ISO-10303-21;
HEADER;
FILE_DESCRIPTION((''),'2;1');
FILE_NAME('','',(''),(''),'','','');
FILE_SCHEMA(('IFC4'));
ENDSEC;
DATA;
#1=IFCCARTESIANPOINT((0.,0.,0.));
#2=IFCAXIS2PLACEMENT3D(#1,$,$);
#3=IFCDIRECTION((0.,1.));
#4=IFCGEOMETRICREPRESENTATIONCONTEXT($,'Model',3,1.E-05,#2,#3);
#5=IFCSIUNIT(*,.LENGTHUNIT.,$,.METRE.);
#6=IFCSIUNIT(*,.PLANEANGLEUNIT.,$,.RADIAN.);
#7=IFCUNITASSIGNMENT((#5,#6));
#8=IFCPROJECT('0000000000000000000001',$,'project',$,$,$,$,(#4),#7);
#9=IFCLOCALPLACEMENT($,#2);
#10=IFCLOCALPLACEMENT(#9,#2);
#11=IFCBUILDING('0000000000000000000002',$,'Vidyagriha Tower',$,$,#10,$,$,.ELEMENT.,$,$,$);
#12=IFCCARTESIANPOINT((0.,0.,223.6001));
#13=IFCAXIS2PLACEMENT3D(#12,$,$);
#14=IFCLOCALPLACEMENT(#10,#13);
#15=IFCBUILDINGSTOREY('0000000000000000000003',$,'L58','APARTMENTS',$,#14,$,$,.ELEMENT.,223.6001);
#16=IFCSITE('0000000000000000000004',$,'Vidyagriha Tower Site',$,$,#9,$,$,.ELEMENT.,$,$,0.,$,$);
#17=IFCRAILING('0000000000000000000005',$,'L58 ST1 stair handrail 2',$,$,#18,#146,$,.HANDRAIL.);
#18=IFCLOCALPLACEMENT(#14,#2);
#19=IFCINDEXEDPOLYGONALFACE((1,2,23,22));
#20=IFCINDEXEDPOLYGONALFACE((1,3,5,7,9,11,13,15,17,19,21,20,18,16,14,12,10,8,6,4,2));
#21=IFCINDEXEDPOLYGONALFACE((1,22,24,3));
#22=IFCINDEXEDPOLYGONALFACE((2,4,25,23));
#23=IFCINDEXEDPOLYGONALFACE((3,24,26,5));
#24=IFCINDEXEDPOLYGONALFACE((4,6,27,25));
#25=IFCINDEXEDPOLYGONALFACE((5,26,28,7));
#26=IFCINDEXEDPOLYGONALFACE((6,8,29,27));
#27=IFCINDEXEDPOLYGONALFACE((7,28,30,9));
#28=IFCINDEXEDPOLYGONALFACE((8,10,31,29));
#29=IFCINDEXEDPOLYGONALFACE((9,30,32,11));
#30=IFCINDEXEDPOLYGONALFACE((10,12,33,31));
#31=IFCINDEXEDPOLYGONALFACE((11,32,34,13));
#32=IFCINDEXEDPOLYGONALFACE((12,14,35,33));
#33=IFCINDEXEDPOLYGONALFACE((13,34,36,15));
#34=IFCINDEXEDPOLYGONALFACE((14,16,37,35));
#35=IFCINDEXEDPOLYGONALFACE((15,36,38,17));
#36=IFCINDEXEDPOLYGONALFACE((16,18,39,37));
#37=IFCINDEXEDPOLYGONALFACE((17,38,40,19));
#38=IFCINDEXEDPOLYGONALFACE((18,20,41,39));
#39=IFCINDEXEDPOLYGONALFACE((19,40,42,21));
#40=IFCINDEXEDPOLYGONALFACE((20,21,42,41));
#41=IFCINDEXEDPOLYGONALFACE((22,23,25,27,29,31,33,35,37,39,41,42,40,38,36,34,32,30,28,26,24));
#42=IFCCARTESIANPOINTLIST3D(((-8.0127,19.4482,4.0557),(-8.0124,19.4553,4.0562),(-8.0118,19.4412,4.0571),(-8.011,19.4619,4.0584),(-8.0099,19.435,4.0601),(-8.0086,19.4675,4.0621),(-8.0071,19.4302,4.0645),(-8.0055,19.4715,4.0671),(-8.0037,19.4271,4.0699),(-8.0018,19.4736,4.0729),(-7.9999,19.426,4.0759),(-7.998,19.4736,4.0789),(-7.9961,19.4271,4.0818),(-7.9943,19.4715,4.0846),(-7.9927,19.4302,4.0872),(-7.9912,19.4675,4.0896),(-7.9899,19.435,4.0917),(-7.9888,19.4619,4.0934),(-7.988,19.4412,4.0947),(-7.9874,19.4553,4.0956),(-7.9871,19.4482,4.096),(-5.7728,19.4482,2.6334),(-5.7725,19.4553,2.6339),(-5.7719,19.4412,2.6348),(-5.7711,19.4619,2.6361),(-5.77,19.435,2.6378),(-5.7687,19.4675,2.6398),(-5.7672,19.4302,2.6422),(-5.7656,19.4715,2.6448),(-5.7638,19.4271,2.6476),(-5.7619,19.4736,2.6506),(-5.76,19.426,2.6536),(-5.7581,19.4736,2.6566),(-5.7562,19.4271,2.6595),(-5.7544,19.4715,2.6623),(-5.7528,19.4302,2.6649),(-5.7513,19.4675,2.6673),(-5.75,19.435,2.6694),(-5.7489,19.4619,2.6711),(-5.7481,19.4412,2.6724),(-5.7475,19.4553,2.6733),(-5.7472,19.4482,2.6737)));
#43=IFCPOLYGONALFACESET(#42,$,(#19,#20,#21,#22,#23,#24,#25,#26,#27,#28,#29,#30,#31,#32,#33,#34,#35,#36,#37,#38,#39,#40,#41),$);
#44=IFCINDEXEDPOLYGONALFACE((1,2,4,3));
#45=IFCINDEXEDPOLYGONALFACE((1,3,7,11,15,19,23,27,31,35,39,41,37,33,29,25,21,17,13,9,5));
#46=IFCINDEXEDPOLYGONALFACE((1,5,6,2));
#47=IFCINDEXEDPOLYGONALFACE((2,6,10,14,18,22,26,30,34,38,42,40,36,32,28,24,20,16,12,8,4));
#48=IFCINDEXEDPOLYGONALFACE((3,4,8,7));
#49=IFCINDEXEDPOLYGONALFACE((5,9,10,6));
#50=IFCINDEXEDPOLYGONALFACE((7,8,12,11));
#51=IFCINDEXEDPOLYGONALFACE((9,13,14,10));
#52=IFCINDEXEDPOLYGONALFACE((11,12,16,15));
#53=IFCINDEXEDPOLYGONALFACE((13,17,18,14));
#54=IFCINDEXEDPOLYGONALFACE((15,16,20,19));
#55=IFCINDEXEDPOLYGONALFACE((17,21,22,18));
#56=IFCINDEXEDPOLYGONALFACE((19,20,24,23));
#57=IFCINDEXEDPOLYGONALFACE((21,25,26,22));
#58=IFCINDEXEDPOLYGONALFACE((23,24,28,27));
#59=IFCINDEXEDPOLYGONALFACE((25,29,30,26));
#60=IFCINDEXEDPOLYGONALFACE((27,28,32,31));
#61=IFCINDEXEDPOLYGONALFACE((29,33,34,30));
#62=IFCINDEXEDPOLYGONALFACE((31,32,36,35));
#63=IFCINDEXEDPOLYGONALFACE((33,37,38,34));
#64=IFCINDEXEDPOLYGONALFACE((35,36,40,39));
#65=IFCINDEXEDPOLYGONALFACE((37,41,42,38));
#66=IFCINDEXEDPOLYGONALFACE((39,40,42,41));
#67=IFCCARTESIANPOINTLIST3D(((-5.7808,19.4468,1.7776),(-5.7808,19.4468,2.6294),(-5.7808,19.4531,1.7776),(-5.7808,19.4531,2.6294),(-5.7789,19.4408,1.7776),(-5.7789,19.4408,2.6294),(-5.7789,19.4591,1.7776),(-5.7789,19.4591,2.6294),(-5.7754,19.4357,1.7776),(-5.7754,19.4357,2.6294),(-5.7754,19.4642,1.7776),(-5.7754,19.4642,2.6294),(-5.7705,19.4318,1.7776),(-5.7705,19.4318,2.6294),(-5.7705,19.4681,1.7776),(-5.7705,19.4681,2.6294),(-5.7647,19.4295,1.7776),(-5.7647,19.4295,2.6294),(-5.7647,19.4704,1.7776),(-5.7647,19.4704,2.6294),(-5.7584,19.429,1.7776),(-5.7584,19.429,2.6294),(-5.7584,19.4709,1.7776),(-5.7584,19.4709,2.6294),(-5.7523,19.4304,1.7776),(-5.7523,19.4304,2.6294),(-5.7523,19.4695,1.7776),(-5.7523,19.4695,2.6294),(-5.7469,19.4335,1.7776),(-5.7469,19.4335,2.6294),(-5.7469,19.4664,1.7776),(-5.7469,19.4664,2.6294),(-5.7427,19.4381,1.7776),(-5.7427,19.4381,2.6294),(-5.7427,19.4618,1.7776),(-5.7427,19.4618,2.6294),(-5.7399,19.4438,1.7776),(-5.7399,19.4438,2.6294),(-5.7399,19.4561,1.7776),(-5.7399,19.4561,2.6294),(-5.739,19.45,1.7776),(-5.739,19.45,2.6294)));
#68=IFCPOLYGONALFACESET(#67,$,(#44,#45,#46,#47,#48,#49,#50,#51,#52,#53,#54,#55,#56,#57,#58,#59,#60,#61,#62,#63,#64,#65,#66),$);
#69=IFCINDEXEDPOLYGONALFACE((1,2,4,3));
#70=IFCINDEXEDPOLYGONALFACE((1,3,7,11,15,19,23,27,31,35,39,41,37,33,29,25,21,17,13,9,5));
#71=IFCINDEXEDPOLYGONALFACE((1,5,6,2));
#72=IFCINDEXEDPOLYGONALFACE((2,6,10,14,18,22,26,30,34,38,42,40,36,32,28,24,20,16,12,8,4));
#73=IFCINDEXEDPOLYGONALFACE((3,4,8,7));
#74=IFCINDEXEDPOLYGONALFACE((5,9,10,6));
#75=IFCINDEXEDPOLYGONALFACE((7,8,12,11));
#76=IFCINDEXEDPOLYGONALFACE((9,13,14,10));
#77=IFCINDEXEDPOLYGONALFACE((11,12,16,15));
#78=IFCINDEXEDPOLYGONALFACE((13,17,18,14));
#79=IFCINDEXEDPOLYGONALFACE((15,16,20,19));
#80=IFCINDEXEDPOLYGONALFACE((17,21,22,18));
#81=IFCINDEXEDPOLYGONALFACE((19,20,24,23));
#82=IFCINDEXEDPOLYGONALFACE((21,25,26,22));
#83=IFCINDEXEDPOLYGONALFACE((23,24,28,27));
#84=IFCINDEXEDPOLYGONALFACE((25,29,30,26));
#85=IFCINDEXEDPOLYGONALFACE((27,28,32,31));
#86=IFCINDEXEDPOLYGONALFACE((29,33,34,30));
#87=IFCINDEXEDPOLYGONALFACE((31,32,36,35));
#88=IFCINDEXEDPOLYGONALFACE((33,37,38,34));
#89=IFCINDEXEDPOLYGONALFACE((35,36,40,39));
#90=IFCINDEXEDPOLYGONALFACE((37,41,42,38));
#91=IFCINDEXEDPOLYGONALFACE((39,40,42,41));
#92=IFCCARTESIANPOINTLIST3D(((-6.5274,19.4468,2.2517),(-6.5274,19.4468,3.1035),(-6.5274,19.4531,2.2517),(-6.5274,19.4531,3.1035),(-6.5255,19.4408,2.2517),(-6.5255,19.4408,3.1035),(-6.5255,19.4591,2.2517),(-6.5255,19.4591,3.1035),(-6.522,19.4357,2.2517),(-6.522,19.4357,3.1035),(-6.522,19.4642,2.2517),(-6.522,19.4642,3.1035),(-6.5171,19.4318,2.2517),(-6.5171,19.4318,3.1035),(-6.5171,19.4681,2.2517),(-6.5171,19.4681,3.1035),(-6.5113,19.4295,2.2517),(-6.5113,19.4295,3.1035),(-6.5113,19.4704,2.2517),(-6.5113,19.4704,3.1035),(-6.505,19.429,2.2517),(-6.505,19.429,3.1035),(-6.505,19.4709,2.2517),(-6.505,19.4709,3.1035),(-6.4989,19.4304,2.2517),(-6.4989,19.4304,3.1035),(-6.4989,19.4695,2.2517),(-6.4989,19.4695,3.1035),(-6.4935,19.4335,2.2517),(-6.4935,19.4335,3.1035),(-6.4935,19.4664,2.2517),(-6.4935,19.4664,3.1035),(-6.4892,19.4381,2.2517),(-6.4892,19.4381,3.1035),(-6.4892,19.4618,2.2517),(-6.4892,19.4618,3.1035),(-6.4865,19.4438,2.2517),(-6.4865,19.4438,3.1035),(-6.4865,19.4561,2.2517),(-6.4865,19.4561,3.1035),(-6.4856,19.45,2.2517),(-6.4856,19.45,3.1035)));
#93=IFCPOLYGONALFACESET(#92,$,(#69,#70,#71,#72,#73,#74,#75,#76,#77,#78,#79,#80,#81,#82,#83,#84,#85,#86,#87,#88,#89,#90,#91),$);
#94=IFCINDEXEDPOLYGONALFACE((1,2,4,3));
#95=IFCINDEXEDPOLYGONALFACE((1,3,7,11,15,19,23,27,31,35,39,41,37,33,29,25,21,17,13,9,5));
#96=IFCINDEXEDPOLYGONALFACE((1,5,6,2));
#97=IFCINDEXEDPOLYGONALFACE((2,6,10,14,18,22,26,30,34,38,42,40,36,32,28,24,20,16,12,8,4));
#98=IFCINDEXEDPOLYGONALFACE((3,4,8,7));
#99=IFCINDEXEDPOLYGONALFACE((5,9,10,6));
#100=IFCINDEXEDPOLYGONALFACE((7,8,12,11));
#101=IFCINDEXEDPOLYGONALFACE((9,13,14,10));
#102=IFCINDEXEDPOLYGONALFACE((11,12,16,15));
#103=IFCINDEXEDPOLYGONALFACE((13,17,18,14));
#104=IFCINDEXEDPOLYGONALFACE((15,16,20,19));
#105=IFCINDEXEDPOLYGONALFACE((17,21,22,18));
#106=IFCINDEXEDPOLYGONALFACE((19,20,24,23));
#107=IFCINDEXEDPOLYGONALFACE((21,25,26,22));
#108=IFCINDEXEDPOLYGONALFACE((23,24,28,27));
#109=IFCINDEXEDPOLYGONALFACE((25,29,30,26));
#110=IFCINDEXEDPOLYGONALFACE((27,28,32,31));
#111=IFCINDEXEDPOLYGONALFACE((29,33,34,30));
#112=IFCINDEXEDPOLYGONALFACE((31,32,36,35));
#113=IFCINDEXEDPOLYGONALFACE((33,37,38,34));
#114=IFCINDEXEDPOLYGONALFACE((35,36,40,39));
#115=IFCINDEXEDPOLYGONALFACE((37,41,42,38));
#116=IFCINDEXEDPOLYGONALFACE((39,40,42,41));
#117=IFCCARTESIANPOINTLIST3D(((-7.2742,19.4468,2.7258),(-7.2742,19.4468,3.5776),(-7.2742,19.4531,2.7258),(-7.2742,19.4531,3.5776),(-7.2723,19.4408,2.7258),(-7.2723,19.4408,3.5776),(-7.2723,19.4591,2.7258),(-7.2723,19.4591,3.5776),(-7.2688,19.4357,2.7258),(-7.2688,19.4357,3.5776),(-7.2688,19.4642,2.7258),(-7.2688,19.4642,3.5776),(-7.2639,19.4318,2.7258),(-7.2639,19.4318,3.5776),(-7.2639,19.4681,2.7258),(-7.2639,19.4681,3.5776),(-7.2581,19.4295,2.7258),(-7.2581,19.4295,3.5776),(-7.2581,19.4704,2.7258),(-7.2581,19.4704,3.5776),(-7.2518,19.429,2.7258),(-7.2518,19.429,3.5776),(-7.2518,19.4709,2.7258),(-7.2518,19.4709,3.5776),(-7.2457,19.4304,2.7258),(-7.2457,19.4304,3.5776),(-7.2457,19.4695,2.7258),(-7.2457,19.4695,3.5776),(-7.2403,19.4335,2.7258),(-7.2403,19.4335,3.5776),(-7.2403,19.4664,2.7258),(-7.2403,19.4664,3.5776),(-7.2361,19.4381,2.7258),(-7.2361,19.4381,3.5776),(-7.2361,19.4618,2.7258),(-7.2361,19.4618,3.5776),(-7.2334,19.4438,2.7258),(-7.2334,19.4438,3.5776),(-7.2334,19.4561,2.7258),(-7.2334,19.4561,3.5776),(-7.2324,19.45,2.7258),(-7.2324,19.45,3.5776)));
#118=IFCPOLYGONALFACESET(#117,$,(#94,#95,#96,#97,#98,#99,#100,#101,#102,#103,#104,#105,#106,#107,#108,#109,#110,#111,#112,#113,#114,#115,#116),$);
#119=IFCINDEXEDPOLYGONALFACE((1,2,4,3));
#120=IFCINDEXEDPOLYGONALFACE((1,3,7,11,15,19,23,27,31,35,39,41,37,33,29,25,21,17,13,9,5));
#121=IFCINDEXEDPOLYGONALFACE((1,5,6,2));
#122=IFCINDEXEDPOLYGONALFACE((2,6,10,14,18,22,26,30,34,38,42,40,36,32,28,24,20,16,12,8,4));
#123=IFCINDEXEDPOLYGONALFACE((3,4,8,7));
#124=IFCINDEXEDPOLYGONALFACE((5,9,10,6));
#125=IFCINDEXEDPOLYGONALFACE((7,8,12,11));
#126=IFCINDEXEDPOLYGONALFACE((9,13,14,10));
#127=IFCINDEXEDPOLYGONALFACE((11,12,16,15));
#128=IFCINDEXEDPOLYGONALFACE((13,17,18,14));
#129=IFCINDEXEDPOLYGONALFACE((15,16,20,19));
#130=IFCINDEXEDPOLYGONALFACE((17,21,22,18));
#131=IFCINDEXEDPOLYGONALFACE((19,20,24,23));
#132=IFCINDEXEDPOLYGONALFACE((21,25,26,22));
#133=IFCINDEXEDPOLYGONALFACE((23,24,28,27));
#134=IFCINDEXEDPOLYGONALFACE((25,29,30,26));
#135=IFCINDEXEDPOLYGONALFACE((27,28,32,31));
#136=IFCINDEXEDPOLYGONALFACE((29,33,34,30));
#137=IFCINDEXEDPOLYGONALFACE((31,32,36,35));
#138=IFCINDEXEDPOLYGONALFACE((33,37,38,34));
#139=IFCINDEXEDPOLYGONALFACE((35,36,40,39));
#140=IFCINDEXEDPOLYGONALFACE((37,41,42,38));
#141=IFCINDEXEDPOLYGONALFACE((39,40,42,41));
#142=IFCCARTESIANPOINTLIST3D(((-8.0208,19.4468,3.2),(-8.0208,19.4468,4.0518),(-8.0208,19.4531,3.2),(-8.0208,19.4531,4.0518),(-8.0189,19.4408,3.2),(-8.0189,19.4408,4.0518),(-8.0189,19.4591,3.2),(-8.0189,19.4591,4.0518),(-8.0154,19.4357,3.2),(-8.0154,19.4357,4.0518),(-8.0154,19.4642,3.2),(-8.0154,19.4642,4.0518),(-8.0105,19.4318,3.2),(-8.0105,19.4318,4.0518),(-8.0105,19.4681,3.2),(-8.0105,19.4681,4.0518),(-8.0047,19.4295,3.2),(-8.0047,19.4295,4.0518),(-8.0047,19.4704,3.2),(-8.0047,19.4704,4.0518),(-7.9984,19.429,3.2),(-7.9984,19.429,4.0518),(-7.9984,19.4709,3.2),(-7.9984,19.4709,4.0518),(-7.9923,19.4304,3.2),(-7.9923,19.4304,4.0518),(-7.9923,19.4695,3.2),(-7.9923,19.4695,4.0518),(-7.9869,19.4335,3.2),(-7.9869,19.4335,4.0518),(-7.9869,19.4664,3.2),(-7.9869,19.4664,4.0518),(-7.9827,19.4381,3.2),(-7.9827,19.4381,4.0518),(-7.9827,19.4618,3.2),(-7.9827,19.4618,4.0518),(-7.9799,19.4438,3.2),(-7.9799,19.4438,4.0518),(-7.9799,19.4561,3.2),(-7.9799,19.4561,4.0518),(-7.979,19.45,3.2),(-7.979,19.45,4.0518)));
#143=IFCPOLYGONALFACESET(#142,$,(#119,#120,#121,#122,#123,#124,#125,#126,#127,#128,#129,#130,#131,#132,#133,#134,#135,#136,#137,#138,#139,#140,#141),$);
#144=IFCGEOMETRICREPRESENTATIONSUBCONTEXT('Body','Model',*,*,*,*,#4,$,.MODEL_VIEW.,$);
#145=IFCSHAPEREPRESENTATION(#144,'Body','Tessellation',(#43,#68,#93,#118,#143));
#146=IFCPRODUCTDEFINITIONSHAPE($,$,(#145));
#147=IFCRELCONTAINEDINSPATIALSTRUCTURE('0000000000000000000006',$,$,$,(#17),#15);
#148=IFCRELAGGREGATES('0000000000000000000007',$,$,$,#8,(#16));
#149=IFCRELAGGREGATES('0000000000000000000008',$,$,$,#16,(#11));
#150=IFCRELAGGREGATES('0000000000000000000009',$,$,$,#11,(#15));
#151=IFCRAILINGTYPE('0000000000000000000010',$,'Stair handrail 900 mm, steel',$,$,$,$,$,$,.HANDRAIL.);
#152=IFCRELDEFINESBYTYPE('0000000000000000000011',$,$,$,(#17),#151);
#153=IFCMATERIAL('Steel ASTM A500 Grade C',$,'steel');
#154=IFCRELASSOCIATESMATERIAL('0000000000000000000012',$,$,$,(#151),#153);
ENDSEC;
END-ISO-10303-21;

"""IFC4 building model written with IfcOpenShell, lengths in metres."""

from ifc_helpers import new_model, si_unit, direction, frame, origin, origin_2d, place, context, subcontext, project, spatial, circle, extrude, material, type_object, element, save


model = new_model("IFC4")

# Units and contexts
model_context = context("Model", 3, precision=1e-05, world=origin(), true_north=direction((0.0, 1.0)))
body_context = subcontext(model_context, "Body", "Model", "MODEL_VIEW")
ifc_project = project(units=[si_unit("LENGTHUNIT", "METRE"), si_unit("PLANEANGLEUNIT", "RADIAN")], contexts=[model_context])

# Site, building, storey
site_placement = place(None, origin())
site = spatial("IfcSite", under=ifc_project, at=site_placement, Name="Vidyagriha Tower Site", CompositionType="ELEMENT", RefElevation=0.0)
building_placement = place(site_placement, origin())
building = spatial("IfcBuilding", under=site, at=building_placement, Name="Vidyagriha Tower", CompositionType="ELEMENT")
storey_placement = place(building_placement, frame((0.0, 0.0, 223.6001)))
storey = spatial("IfcBuildingStorey", under=building, at=storey_placement, Name="L58", Description="APARTMENTS", CompositionType="ELEMENT", Elevation=223.6001)

# Railing
ifc_material_1 = material(Name="Steel ASTM A500 Grade C", Category="steel")
railing_type_1 = type_object("IfcRailingType", Name="Stair handrail 900 mm, steel", PredefinedType="HANDRAIL", material=ifc_material_1)
railing_1_placement = place(storey_placement, frame((-5.76, 19.45, 1.7776)))
element("IfcRailing", 1, at=railing_1_placement, inside=storey, type_object=railing_type_1, Name="L58 ST1 stair handrail 2", PredefinedType="HANDRAIL", context=body_context, shape_type="SweptSolid", body=[
    extrude(circle(Radius=0.0239, at=origin_2d()), frame((0.0, 0.0, 0.876), z_axis=(-0.844188, 0.0, 0.536048), x_axis=(0.0, -1.0, 0.0)), (0.0, 0.0, 1.0), 2.6533),
    extrude(circle(Radius=0.021, at=origin_2d()), origin(), (0.0, 0.0, 1.0), 0.8518),
    extrude(circle(Radius=0.021, at=origin_2d()), frame((-0.7466, 0.0, 0.4741)), (0.0, 0.0, 1.0), 0.8518),
    extrude(circle(Radius=0.021, at=origin_2d()), frame((-1.4934, 0.0, 0.9482)), (0.0, 0.0, 1.0), 0.8518),
    extrude(circle(Radius=0.021, at=origin_2d()), frame((-2.24, 0.0, 1.4224)), (0.0, 0.0, 1.0), 0.8518),
])

save(model, "model.ifc")
